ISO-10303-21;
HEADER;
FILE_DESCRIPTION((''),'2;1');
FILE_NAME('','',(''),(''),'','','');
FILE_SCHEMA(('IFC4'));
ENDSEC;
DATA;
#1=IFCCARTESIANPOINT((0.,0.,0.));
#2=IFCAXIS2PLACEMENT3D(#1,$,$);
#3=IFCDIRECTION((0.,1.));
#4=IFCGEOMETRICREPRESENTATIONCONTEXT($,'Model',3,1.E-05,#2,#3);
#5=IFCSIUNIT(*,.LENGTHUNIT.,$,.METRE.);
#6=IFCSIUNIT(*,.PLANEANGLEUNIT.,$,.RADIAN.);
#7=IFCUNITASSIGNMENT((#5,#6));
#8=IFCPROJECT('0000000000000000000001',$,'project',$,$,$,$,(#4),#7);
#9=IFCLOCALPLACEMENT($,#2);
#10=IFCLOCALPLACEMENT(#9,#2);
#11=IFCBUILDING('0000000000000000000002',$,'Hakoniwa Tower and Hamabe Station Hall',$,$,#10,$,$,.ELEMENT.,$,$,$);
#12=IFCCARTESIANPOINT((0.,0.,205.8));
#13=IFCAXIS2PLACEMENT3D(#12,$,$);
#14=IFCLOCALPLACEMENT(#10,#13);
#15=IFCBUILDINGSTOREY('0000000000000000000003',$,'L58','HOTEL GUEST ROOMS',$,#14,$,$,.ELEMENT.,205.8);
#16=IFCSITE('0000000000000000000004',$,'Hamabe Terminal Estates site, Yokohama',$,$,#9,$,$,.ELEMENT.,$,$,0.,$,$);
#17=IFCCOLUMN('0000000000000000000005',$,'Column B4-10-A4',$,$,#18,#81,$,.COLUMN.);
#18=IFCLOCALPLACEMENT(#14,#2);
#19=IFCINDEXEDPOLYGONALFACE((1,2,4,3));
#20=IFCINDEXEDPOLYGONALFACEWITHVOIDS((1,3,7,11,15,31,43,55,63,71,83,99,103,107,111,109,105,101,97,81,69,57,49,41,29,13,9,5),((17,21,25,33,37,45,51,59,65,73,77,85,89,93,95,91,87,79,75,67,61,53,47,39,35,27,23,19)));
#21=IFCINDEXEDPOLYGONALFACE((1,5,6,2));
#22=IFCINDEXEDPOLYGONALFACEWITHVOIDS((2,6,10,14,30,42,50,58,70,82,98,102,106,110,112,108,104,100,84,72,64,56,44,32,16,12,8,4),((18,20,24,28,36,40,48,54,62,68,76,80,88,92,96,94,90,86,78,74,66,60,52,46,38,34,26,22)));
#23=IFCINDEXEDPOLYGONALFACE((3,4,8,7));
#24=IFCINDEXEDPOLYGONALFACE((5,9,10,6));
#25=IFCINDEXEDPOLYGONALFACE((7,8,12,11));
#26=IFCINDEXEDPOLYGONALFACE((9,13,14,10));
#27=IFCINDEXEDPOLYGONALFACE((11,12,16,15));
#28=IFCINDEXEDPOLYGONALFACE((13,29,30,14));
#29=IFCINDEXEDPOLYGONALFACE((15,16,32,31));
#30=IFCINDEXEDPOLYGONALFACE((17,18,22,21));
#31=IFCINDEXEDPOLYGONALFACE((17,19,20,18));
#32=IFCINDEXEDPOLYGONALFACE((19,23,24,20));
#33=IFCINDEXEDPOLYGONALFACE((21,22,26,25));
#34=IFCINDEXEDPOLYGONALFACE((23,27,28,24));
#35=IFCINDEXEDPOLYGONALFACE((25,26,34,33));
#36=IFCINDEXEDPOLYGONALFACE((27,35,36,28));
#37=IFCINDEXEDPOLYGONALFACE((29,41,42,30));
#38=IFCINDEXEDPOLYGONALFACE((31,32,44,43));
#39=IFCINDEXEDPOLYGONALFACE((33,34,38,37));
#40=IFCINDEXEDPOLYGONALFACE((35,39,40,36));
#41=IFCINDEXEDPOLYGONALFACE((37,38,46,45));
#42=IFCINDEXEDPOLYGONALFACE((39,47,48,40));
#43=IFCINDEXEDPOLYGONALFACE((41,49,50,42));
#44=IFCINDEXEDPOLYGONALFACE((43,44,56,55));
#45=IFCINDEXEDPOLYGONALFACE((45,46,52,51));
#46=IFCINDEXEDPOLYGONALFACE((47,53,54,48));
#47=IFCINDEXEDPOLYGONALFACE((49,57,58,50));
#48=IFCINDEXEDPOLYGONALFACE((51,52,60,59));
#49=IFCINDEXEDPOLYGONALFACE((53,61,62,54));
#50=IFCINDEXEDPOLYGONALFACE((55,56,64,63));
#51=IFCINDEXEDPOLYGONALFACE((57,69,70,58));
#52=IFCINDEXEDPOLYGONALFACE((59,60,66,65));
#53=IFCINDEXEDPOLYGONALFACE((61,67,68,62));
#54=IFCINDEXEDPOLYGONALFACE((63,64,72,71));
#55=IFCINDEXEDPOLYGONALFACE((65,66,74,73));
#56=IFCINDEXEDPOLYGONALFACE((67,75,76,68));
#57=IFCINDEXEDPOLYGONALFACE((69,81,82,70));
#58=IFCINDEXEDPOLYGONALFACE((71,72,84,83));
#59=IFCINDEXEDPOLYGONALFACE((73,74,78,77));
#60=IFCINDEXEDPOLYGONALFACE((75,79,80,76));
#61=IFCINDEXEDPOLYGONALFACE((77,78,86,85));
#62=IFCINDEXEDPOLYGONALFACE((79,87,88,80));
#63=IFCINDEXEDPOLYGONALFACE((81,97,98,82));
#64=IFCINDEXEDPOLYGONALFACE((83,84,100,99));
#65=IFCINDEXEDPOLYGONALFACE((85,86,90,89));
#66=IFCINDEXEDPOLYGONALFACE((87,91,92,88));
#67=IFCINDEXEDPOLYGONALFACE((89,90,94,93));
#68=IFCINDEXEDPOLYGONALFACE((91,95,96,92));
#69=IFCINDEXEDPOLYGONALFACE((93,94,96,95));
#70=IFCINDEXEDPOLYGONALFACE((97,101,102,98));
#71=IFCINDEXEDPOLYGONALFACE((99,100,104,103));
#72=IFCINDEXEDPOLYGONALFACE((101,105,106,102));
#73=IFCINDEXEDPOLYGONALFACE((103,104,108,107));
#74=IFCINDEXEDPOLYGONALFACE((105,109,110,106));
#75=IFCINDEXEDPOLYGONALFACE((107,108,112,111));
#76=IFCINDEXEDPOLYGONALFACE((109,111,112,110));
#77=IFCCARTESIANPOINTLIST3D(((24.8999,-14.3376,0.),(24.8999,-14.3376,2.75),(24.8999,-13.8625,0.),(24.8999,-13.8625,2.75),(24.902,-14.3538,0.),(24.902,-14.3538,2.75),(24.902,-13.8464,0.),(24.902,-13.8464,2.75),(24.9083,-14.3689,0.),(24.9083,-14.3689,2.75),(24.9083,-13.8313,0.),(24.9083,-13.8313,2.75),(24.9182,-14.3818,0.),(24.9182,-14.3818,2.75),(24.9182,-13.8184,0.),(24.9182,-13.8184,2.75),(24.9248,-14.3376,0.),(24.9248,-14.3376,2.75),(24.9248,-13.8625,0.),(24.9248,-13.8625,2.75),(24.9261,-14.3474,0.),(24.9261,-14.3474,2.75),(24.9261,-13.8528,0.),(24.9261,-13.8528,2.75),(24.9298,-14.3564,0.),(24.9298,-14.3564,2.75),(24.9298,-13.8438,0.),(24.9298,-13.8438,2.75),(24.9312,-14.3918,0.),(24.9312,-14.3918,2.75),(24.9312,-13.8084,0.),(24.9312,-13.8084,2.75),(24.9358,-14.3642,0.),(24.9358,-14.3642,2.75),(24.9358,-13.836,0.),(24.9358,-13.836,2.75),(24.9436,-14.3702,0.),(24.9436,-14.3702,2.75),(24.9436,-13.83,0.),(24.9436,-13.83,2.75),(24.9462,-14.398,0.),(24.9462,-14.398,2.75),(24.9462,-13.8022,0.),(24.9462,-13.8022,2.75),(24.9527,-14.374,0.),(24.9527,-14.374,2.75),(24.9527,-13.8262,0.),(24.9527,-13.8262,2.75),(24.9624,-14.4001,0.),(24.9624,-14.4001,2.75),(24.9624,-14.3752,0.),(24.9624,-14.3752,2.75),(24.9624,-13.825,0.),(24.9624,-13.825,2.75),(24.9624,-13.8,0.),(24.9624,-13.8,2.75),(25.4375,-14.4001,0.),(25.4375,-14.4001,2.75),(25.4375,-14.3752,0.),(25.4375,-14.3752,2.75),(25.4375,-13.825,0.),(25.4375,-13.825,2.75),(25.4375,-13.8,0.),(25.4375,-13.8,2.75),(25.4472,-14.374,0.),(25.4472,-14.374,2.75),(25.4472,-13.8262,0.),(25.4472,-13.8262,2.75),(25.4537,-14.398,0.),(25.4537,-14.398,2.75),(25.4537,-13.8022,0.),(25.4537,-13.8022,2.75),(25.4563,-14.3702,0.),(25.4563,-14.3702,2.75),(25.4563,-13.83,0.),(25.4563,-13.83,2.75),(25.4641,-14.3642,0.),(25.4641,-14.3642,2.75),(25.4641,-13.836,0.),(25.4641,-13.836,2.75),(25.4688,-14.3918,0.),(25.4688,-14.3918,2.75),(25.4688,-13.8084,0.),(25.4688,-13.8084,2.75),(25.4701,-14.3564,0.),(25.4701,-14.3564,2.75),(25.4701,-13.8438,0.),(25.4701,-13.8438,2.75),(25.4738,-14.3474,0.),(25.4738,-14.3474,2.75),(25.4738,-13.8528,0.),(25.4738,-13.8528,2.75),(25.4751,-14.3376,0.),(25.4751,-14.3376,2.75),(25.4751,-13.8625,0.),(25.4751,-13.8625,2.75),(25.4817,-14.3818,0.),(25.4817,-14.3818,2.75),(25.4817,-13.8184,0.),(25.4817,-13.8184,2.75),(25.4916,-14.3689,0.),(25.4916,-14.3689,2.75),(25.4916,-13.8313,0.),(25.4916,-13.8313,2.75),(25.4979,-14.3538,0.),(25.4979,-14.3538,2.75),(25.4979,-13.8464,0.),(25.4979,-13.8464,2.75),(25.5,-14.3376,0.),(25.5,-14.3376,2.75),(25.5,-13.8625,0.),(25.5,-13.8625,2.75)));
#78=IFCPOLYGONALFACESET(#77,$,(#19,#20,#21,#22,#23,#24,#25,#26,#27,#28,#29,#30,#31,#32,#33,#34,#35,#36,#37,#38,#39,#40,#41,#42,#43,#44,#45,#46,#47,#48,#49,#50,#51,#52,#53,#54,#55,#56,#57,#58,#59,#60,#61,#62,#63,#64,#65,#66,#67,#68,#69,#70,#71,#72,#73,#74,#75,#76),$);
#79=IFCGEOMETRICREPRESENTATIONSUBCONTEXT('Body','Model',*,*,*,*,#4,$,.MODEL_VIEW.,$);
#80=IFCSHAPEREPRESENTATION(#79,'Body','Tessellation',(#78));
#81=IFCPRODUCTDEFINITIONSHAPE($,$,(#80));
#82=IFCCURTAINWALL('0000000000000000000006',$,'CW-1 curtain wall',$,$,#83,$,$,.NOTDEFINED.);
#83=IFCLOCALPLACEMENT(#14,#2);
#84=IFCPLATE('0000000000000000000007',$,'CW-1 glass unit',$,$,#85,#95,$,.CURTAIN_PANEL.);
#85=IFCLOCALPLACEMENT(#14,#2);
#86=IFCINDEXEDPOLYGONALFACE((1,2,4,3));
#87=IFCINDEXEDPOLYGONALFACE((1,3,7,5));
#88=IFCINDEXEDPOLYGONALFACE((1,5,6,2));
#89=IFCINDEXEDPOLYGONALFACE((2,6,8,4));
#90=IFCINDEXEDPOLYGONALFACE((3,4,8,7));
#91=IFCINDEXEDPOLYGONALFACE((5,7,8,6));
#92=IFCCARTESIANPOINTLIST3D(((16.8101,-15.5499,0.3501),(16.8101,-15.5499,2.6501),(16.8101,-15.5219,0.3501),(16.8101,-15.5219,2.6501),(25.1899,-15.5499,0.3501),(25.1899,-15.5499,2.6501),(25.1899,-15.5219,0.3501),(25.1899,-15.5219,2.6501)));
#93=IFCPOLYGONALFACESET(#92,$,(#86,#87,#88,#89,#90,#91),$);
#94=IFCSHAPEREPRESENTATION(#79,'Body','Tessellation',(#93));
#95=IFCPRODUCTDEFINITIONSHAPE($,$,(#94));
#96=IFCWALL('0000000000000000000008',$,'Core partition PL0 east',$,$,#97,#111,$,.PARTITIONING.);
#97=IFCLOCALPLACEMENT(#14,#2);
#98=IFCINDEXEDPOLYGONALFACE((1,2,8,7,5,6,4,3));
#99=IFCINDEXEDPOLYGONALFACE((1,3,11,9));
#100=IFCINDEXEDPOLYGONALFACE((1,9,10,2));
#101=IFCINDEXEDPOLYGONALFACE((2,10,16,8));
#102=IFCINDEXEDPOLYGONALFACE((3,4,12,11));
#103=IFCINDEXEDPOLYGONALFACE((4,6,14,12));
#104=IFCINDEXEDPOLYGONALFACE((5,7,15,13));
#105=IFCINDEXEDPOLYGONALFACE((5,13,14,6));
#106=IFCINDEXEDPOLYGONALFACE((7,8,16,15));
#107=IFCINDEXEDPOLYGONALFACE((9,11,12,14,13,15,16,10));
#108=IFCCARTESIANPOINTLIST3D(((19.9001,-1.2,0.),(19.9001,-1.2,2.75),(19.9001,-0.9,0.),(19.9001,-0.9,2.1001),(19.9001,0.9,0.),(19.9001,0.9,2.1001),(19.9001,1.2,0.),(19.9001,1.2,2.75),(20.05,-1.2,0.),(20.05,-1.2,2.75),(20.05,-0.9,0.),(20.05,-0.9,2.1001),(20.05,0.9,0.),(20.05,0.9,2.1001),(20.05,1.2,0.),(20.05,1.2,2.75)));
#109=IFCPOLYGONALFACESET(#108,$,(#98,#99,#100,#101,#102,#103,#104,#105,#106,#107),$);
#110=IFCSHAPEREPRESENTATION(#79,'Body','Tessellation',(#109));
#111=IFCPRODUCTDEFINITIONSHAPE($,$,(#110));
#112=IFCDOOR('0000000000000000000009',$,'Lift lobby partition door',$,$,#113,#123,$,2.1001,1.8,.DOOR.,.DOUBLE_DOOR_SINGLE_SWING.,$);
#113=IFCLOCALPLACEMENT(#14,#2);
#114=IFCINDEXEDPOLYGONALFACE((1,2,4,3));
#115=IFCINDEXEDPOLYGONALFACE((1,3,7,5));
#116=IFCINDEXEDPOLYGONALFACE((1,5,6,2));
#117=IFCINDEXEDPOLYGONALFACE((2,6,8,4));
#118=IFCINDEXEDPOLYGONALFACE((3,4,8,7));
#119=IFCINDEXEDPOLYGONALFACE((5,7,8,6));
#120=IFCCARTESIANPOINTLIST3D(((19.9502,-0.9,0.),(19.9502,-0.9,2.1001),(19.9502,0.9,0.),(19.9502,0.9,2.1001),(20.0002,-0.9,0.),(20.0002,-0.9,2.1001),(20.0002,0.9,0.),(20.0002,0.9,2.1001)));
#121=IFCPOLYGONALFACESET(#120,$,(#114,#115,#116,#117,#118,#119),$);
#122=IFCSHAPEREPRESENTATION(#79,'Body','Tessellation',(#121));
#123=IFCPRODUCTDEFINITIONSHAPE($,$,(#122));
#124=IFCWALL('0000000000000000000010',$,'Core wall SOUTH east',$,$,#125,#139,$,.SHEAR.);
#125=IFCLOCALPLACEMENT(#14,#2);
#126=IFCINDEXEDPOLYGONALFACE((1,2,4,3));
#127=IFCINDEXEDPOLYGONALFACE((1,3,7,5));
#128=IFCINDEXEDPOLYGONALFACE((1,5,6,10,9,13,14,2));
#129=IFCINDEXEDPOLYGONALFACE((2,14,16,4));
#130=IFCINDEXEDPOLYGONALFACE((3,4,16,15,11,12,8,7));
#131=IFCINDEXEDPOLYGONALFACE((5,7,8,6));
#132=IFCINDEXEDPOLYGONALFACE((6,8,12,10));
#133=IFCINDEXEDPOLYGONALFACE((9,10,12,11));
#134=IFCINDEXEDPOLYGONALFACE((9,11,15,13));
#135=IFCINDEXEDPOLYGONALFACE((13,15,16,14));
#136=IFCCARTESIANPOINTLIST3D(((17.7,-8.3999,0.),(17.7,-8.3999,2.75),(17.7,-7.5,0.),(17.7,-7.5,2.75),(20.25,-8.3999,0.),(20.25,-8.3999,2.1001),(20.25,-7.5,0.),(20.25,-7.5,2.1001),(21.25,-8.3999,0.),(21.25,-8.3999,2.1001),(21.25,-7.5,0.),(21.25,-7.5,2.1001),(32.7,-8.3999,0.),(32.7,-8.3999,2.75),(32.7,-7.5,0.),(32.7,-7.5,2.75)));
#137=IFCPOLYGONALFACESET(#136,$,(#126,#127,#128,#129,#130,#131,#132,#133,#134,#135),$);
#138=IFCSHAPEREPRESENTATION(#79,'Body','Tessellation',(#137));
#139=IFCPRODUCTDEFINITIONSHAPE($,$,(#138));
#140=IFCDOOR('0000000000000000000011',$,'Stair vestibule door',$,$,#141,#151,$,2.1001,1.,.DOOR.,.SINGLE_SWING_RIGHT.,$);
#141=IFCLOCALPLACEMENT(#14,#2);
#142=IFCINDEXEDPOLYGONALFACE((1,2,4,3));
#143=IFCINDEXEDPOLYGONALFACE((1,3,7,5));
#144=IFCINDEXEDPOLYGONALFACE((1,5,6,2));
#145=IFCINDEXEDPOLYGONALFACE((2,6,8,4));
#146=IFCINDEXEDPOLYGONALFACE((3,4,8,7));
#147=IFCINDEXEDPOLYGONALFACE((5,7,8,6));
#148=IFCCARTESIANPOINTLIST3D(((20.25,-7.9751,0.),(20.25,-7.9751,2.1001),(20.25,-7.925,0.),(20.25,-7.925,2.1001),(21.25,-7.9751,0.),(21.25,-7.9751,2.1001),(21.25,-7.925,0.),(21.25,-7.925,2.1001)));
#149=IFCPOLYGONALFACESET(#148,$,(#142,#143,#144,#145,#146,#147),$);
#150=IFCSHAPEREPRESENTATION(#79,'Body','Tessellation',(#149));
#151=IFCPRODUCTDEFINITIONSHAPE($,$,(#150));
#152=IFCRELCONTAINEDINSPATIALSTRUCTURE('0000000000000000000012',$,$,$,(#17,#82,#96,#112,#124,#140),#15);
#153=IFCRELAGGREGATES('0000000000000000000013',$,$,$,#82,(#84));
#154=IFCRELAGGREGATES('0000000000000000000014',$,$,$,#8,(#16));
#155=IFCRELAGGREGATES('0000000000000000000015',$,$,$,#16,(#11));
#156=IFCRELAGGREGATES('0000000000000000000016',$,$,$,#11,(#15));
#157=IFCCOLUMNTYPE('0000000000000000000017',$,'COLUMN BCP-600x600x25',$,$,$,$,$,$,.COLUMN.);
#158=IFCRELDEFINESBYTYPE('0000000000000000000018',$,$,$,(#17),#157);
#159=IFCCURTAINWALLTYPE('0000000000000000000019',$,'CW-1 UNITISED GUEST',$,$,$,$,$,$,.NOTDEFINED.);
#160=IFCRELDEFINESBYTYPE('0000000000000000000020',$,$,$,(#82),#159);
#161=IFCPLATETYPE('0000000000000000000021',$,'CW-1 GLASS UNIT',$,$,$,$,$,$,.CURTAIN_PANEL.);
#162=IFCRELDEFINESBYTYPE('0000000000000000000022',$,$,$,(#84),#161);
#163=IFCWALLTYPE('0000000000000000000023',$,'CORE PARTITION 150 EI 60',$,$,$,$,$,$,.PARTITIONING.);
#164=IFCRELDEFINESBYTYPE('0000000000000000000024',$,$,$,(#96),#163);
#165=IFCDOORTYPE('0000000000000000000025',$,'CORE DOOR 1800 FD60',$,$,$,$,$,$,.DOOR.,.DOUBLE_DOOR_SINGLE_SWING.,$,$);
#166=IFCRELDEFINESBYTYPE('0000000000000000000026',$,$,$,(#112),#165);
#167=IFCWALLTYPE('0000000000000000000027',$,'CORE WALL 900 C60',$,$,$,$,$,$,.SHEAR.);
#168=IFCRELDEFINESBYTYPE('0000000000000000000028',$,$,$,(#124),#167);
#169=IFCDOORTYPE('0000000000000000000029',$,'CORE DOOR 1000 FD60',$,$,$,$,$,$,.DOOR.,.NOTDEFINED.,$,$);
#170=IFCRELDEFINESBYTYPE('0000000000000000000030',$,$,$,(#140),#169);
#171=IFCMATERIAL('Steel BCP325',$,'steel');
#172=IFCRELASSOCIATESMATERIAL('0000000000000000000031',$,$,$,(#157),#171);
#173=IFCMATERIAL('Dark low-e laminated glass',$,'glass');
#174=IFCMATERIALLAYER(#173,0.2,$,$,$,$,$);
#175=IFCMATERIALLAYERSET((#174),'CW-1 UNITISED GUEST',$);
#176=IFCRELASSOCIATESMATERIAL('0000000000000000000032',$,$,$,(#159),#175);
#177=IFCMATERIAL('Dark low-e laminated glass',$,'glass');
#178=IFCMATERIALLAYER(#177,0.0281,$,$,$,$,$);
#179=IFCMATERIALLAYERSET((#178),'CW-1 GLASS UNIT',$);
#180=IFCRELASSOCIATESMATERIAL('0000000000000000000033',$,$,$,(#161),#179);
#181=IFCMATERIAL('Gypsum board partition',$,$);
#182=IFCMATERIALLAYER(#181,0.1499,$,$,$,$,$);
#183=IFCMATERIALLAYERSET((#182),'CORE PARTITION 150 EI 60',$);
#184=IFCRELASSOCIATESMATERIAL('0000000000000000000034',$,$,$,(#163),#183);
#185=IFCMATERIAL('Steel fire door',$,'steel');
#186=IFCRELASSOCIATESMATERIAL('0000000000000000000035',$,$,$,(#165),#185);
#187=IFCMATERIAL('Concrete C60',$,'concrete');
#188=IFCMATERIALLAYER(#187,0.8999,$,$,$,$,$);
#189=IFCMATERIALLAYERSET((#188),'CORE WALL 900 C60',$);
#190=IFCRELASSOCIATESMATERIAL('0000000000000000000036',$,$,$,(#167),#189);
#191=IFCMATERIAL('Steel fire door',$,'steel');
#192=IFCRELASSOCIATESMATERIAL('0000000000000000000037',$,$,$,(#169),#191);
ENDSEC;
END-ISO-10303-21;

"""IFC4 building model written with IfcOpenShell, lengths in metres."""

from ifc_helpers import new_model, si_unit, direction, frame, frame_2d, origin, origin_2d, place, context, subcontext, project, spatial, rectangle, hollow_rectangle, extrude, material, layer, layer_set, material_profile, profile_set, type_object, element, fill, aggregate, save


model = new_model("IFC4")

# Units and contexts
model_context = context("Model", 3, precision=1e-05, world=origin(), true_north=direction((0.0, 1.0)))
body_context = subcontext(model_context, "Body", "Model", "MODEL_VIEW")
ifc_project = project(units=[si_unit("LENGTHUNIT", "METRE"), si_unit("PLANEANGLEUNIT", "RADIAN")], contexts=[model_context])

# Site, building, storey
site_placement = place(None, origin())
site = spatial("IfcSite", under=ifc_project, at=site_placement, Name="Hamabe Terminal Estates site, Yokohama", CompositionType="ELEMENT", RefElevation=0.0)
building_placement = place(site_placement, origin())
building = spatial("IfcBuilding", under=site, at=building_placement, Name="Hakoniwa Tower and Hamabe Station Hall", CompositionType="ELEMENT")
storey_placement = place(building_placement, frame((0.0, 0.0, 205.8)))
storey = spatial("IfcBuildingStorey", under=building, at=storey_placement, Name="L58", Description="HOTEL GUEST ROOMS", CompositionType="ELEMENT", Elevation=205.8)

# Column
ifc_material_1 = material(Name="Steel BCP325", Category="steel")
ifc_material_profile = material_profile(ifc_material_1, hollow_rectangle(XDim=0.6001, YDim=0.6001, WallThickness=0.0249, InnerFilletRadius=0.0376, OuterFilletRadius=0.0625, at=origin_2d()), Name="BCP-600x600x25")
ifc_profile_set = profile_set([ifc_material_profile], Name="Steel BCP325")
column_type = type_object("IfcColumnType", Name="COLUMN BCP-600x600x25", PredefinedType="COLUMN", material=ifc_profile_set)
column_placement = place(storey_placement, frame((25.2, -14.1001, 0.0), z_axis=(0.0, 0.0, 1.0), x_axis=(1.0, 0.0, 0.0)))
element("IfcColumn", 1, at=column_placement, inside=storey, type_object=column_type, Name="Column B4-10-A4", PredefinedType="COLUMN", context=body_context, shape_type="SweptSolid", body=[
    extrude(hollow_rectangle(XDim=0.6001, YDim=0.6001, WallThickness=0.0249, InnerFilletRadius=0.0376, OuterFilletRadius=0.0625, at=origin_2d()), origin(), (0.0, 0.0, 1.0), 2.75),
])

# Curtain wall, plate
ifc_material_2 = material(Name="Dark low-e laminated glass", Category="glass")
ifc_layer_1 = layer(ifc_material_2, 0.2)
ifc_layer_set_1 = layer_set([ifc_layer_1], Name="CW-1 UNITISED GUEST")
curtain_wall_type = type_object("IfcCurtainWallType", Name="CW-1 UNITISED GUEST", PredefinedType="NOTDEFINED", material=ifc_layer_set_1)
curtain_wall_placement = place(storey_placement, origin())
curtain_wall = element("IfcCurtainWall", 2, at=curtain_wall_placement, inside=storey, type_object=curtain_wall_type, Name="CW-1 curtain wall", PredefinedType="NOTDEFINED")
ifc_material_3 = material(Name="Dark low-e laminated glass", Category="glass")
ifc_layer_2 = layer(ifc_material_3, 0.0281)
ifc_layer_set_2 = layer_set([ifc_layer_2], Name="CW-1 GLASS UNIT")
plate_type = type_object("IfcPlateType", Name="CW-1 GLASS UNIT", PredefinedType="CURTAIN_PANEL", material=ifc_layer_set_2)
plate_placement = place(storey_placement, frame((21.0, -15.5359, 0.3501), z_axis=(0.0, 0.0, 1.0), x_axis=(1.0, 0.0, 0.0)))
plate = element("IfcPlate", 3, at=plate_placement, type_object=plate_type, Name="CW-1 glass unit", PredefinedType="CURTAIN_PANEL", context=body_context, shape_type="SweptSolid", body=[
    extrude(rectangle(XDim=8.3799, YDim=0.0281, at=origin_2d()), origin(), (0.0, 0.0, 1.0), 2.3),
])
aggregate(curtain_wall, [plate])

# Walls, openings, doors
ifc_material_4 = material(Name="Gypsum board partition")
ifc_layer_3 = layer(ifc_material_4, 0.1499)
ifc_layer_set_3 = layer_set([ifc_layer_3], Name="CORE PARTITION 150 EI 60")
wall_type_1 = type_object("IfcWallType", Name="CORE PARTITION 150 EI 60", PredefinedType="PARTITIONING", material=ifc_layer_set_3)
wall_1_placement = place(storey_placement, frame((19.9751, -1.2, 0.0), z_axis=(0.0, 0.0, 1.0), x_axis=(0.0, 1.0, 0.0)))
wall_1 = element("IfcWall", 4, at=wall_1_placement, inside=storey, type_object=wall_type_1, Name="Core partition PL0 east", PredefinedType="PARTITIONING", context=body_context, shape_type="SweptSolid", body=[
    extrude(rectangle(XDim=2.3999, YDim=0.1499, at=frame_2d((1.2, 0.0))), origin(), (0.0, 0.0, 1.0), 2.75),
])
opening_1_placement = place(wall_1_placement, frame((0.3, 0.0, 0.0)))
opening_1 = element("IfcOpeningElement", 5, at=opening_1_placement, cuts=wall_1, PredefinedType="OPENING", context=body_context, shape_type="SweptSolid", body=[
    extrude(rectangle(XDim=1.8, YDim=2.1001, at=frame_2d((0.8999, 1.05))), frame((0.0, 0.085, 0.0), z_axis=(0.0, -1.0, 0.0), x_axis=(1.0, 0.0, 0.0)), (0.0, 0.0, 1.0), 0.1699),
])
ifc_material_5 = material(Name="Steel fire door", Category="steel")
door_type_1 = type_object("IfcDoorType", Name="CORE DOOR 1800 FD60", OperationType="DOUBLE_DOOR_SINGLE_SWING", PredefinedType="DOOR", material=ifc_material_5)
door_1_placement = place(opening_1_placement, origin())
door_1 = element("IfcDoor", 6, at=door_1_placement, inside=storey, type_object=door_type_1, Name="Lift lobby partition door", OperationType="DOUBLE_DOOR_SINGLE_SWING", OverallHeight=2.1001, OverallWidth=1.8, PredefinedType="DOOR", context=body_context, shape_type="SweptSolid", body=[
    extrude(rectangle(XDim=1.8, YDim=2.1001, at=frame_2d((0.8999, 1.05))), frame((0.0, 0.0249, 0.0), z_axis=(0.0, -1.0, 0.0), x_axis=(1.0, 0.0, 0.0)), (0.0, 0.0, 1.0), 0.05),
])
fill(opening_1, door_1)
ifc_material_6 = material(Name="Concrete C60", Category="concrete")
ifc_layer_4 = layer(ifc_material_6, 0.8999)
ifc_layer_set_4 = layer_set([ifc_layer_4], Name="CORE WALL 900 C60")
wall_type_2 = type_object("IfcWallType", Name="CORE WALL 900 C60", PredefinedType="SHEAR", material=ifc_layer_set_4)
wall_2_placement = place(storey_placement, frame((17.7, -7.95, 0.0), z_axis=(0.0, 0.0, 1.0), x_axis=(1.0, 0.0, 0.0)))
wall_2 = element("IfcWall", 7, at=wall_2_placement, inside=storey, type_object=wall_type_2, Name="Core wall SOUTH east", PredefinedType="SHEAR", context=body_context, shape_type="SweptSolid", body=[
    extrude(rectangle(XDim=15.0, YDim=0.8999, at=frame_2d((7.5, 0.0))), origin(), (0.0, 0.0, 1.0), 2.75),
])
opening_2_placement = place(wall_2_placement, frame((2.55, 0.0, 0.0)))
opening_2 = element("IfcOpeningElement", 8, at=opening_2_placement, cuts=wall_2, PredefinedType="OPENING", context=body_context, shape_type="SweptSolid", body=[
    extrude(rectangle(XDim=1.0, YDim=2.1001, at=frame_2d((0.5, 1.05))), frame((0.0, 0.46, 0.0), z_axis=(0.0, -1.0, 0.0), x_axis=(1.0, 0.0, 0.0)), (0.0, 0.0, 1.0), 0.9199),
])
ifc_material_7 = material(Name="Steel fire door", Category="steel")
door_type_2 = type_object("IfcDoorType", Name="CORE DOOR 1000 FD60", OperationType="NOTDEFINED", PredefinedType="DOOR", material=ifc_material_7)
door_2_placement = place(opening_2_placement, origin())
door_2 = element("IfcDoor", 9, at=door_2_placement, inside=storey, type_object=door_type_2, Name="Stair vestibule door", OperationType="SINGLE_SWING_RIGHT", OverallHeight=2.1001, OverallWidth=1.0, PredefinedType="DOOR", context=body_context, shape_type="SweptSolid", body=[
    extrude(rectangle(XDim=1.0, YDim=2.1001, at=frame_2d((0.5, 1.05))), frame((0.0, 0.0249, 0.0), z_axis=(0.0, -1.0, 0.0), x_axis=(1.0, 0.0, 0.0)), (0.0, 0.0, 1.0), 0.05),
])
fill(opening_2, door_2)

save(model, "model.ifc")
